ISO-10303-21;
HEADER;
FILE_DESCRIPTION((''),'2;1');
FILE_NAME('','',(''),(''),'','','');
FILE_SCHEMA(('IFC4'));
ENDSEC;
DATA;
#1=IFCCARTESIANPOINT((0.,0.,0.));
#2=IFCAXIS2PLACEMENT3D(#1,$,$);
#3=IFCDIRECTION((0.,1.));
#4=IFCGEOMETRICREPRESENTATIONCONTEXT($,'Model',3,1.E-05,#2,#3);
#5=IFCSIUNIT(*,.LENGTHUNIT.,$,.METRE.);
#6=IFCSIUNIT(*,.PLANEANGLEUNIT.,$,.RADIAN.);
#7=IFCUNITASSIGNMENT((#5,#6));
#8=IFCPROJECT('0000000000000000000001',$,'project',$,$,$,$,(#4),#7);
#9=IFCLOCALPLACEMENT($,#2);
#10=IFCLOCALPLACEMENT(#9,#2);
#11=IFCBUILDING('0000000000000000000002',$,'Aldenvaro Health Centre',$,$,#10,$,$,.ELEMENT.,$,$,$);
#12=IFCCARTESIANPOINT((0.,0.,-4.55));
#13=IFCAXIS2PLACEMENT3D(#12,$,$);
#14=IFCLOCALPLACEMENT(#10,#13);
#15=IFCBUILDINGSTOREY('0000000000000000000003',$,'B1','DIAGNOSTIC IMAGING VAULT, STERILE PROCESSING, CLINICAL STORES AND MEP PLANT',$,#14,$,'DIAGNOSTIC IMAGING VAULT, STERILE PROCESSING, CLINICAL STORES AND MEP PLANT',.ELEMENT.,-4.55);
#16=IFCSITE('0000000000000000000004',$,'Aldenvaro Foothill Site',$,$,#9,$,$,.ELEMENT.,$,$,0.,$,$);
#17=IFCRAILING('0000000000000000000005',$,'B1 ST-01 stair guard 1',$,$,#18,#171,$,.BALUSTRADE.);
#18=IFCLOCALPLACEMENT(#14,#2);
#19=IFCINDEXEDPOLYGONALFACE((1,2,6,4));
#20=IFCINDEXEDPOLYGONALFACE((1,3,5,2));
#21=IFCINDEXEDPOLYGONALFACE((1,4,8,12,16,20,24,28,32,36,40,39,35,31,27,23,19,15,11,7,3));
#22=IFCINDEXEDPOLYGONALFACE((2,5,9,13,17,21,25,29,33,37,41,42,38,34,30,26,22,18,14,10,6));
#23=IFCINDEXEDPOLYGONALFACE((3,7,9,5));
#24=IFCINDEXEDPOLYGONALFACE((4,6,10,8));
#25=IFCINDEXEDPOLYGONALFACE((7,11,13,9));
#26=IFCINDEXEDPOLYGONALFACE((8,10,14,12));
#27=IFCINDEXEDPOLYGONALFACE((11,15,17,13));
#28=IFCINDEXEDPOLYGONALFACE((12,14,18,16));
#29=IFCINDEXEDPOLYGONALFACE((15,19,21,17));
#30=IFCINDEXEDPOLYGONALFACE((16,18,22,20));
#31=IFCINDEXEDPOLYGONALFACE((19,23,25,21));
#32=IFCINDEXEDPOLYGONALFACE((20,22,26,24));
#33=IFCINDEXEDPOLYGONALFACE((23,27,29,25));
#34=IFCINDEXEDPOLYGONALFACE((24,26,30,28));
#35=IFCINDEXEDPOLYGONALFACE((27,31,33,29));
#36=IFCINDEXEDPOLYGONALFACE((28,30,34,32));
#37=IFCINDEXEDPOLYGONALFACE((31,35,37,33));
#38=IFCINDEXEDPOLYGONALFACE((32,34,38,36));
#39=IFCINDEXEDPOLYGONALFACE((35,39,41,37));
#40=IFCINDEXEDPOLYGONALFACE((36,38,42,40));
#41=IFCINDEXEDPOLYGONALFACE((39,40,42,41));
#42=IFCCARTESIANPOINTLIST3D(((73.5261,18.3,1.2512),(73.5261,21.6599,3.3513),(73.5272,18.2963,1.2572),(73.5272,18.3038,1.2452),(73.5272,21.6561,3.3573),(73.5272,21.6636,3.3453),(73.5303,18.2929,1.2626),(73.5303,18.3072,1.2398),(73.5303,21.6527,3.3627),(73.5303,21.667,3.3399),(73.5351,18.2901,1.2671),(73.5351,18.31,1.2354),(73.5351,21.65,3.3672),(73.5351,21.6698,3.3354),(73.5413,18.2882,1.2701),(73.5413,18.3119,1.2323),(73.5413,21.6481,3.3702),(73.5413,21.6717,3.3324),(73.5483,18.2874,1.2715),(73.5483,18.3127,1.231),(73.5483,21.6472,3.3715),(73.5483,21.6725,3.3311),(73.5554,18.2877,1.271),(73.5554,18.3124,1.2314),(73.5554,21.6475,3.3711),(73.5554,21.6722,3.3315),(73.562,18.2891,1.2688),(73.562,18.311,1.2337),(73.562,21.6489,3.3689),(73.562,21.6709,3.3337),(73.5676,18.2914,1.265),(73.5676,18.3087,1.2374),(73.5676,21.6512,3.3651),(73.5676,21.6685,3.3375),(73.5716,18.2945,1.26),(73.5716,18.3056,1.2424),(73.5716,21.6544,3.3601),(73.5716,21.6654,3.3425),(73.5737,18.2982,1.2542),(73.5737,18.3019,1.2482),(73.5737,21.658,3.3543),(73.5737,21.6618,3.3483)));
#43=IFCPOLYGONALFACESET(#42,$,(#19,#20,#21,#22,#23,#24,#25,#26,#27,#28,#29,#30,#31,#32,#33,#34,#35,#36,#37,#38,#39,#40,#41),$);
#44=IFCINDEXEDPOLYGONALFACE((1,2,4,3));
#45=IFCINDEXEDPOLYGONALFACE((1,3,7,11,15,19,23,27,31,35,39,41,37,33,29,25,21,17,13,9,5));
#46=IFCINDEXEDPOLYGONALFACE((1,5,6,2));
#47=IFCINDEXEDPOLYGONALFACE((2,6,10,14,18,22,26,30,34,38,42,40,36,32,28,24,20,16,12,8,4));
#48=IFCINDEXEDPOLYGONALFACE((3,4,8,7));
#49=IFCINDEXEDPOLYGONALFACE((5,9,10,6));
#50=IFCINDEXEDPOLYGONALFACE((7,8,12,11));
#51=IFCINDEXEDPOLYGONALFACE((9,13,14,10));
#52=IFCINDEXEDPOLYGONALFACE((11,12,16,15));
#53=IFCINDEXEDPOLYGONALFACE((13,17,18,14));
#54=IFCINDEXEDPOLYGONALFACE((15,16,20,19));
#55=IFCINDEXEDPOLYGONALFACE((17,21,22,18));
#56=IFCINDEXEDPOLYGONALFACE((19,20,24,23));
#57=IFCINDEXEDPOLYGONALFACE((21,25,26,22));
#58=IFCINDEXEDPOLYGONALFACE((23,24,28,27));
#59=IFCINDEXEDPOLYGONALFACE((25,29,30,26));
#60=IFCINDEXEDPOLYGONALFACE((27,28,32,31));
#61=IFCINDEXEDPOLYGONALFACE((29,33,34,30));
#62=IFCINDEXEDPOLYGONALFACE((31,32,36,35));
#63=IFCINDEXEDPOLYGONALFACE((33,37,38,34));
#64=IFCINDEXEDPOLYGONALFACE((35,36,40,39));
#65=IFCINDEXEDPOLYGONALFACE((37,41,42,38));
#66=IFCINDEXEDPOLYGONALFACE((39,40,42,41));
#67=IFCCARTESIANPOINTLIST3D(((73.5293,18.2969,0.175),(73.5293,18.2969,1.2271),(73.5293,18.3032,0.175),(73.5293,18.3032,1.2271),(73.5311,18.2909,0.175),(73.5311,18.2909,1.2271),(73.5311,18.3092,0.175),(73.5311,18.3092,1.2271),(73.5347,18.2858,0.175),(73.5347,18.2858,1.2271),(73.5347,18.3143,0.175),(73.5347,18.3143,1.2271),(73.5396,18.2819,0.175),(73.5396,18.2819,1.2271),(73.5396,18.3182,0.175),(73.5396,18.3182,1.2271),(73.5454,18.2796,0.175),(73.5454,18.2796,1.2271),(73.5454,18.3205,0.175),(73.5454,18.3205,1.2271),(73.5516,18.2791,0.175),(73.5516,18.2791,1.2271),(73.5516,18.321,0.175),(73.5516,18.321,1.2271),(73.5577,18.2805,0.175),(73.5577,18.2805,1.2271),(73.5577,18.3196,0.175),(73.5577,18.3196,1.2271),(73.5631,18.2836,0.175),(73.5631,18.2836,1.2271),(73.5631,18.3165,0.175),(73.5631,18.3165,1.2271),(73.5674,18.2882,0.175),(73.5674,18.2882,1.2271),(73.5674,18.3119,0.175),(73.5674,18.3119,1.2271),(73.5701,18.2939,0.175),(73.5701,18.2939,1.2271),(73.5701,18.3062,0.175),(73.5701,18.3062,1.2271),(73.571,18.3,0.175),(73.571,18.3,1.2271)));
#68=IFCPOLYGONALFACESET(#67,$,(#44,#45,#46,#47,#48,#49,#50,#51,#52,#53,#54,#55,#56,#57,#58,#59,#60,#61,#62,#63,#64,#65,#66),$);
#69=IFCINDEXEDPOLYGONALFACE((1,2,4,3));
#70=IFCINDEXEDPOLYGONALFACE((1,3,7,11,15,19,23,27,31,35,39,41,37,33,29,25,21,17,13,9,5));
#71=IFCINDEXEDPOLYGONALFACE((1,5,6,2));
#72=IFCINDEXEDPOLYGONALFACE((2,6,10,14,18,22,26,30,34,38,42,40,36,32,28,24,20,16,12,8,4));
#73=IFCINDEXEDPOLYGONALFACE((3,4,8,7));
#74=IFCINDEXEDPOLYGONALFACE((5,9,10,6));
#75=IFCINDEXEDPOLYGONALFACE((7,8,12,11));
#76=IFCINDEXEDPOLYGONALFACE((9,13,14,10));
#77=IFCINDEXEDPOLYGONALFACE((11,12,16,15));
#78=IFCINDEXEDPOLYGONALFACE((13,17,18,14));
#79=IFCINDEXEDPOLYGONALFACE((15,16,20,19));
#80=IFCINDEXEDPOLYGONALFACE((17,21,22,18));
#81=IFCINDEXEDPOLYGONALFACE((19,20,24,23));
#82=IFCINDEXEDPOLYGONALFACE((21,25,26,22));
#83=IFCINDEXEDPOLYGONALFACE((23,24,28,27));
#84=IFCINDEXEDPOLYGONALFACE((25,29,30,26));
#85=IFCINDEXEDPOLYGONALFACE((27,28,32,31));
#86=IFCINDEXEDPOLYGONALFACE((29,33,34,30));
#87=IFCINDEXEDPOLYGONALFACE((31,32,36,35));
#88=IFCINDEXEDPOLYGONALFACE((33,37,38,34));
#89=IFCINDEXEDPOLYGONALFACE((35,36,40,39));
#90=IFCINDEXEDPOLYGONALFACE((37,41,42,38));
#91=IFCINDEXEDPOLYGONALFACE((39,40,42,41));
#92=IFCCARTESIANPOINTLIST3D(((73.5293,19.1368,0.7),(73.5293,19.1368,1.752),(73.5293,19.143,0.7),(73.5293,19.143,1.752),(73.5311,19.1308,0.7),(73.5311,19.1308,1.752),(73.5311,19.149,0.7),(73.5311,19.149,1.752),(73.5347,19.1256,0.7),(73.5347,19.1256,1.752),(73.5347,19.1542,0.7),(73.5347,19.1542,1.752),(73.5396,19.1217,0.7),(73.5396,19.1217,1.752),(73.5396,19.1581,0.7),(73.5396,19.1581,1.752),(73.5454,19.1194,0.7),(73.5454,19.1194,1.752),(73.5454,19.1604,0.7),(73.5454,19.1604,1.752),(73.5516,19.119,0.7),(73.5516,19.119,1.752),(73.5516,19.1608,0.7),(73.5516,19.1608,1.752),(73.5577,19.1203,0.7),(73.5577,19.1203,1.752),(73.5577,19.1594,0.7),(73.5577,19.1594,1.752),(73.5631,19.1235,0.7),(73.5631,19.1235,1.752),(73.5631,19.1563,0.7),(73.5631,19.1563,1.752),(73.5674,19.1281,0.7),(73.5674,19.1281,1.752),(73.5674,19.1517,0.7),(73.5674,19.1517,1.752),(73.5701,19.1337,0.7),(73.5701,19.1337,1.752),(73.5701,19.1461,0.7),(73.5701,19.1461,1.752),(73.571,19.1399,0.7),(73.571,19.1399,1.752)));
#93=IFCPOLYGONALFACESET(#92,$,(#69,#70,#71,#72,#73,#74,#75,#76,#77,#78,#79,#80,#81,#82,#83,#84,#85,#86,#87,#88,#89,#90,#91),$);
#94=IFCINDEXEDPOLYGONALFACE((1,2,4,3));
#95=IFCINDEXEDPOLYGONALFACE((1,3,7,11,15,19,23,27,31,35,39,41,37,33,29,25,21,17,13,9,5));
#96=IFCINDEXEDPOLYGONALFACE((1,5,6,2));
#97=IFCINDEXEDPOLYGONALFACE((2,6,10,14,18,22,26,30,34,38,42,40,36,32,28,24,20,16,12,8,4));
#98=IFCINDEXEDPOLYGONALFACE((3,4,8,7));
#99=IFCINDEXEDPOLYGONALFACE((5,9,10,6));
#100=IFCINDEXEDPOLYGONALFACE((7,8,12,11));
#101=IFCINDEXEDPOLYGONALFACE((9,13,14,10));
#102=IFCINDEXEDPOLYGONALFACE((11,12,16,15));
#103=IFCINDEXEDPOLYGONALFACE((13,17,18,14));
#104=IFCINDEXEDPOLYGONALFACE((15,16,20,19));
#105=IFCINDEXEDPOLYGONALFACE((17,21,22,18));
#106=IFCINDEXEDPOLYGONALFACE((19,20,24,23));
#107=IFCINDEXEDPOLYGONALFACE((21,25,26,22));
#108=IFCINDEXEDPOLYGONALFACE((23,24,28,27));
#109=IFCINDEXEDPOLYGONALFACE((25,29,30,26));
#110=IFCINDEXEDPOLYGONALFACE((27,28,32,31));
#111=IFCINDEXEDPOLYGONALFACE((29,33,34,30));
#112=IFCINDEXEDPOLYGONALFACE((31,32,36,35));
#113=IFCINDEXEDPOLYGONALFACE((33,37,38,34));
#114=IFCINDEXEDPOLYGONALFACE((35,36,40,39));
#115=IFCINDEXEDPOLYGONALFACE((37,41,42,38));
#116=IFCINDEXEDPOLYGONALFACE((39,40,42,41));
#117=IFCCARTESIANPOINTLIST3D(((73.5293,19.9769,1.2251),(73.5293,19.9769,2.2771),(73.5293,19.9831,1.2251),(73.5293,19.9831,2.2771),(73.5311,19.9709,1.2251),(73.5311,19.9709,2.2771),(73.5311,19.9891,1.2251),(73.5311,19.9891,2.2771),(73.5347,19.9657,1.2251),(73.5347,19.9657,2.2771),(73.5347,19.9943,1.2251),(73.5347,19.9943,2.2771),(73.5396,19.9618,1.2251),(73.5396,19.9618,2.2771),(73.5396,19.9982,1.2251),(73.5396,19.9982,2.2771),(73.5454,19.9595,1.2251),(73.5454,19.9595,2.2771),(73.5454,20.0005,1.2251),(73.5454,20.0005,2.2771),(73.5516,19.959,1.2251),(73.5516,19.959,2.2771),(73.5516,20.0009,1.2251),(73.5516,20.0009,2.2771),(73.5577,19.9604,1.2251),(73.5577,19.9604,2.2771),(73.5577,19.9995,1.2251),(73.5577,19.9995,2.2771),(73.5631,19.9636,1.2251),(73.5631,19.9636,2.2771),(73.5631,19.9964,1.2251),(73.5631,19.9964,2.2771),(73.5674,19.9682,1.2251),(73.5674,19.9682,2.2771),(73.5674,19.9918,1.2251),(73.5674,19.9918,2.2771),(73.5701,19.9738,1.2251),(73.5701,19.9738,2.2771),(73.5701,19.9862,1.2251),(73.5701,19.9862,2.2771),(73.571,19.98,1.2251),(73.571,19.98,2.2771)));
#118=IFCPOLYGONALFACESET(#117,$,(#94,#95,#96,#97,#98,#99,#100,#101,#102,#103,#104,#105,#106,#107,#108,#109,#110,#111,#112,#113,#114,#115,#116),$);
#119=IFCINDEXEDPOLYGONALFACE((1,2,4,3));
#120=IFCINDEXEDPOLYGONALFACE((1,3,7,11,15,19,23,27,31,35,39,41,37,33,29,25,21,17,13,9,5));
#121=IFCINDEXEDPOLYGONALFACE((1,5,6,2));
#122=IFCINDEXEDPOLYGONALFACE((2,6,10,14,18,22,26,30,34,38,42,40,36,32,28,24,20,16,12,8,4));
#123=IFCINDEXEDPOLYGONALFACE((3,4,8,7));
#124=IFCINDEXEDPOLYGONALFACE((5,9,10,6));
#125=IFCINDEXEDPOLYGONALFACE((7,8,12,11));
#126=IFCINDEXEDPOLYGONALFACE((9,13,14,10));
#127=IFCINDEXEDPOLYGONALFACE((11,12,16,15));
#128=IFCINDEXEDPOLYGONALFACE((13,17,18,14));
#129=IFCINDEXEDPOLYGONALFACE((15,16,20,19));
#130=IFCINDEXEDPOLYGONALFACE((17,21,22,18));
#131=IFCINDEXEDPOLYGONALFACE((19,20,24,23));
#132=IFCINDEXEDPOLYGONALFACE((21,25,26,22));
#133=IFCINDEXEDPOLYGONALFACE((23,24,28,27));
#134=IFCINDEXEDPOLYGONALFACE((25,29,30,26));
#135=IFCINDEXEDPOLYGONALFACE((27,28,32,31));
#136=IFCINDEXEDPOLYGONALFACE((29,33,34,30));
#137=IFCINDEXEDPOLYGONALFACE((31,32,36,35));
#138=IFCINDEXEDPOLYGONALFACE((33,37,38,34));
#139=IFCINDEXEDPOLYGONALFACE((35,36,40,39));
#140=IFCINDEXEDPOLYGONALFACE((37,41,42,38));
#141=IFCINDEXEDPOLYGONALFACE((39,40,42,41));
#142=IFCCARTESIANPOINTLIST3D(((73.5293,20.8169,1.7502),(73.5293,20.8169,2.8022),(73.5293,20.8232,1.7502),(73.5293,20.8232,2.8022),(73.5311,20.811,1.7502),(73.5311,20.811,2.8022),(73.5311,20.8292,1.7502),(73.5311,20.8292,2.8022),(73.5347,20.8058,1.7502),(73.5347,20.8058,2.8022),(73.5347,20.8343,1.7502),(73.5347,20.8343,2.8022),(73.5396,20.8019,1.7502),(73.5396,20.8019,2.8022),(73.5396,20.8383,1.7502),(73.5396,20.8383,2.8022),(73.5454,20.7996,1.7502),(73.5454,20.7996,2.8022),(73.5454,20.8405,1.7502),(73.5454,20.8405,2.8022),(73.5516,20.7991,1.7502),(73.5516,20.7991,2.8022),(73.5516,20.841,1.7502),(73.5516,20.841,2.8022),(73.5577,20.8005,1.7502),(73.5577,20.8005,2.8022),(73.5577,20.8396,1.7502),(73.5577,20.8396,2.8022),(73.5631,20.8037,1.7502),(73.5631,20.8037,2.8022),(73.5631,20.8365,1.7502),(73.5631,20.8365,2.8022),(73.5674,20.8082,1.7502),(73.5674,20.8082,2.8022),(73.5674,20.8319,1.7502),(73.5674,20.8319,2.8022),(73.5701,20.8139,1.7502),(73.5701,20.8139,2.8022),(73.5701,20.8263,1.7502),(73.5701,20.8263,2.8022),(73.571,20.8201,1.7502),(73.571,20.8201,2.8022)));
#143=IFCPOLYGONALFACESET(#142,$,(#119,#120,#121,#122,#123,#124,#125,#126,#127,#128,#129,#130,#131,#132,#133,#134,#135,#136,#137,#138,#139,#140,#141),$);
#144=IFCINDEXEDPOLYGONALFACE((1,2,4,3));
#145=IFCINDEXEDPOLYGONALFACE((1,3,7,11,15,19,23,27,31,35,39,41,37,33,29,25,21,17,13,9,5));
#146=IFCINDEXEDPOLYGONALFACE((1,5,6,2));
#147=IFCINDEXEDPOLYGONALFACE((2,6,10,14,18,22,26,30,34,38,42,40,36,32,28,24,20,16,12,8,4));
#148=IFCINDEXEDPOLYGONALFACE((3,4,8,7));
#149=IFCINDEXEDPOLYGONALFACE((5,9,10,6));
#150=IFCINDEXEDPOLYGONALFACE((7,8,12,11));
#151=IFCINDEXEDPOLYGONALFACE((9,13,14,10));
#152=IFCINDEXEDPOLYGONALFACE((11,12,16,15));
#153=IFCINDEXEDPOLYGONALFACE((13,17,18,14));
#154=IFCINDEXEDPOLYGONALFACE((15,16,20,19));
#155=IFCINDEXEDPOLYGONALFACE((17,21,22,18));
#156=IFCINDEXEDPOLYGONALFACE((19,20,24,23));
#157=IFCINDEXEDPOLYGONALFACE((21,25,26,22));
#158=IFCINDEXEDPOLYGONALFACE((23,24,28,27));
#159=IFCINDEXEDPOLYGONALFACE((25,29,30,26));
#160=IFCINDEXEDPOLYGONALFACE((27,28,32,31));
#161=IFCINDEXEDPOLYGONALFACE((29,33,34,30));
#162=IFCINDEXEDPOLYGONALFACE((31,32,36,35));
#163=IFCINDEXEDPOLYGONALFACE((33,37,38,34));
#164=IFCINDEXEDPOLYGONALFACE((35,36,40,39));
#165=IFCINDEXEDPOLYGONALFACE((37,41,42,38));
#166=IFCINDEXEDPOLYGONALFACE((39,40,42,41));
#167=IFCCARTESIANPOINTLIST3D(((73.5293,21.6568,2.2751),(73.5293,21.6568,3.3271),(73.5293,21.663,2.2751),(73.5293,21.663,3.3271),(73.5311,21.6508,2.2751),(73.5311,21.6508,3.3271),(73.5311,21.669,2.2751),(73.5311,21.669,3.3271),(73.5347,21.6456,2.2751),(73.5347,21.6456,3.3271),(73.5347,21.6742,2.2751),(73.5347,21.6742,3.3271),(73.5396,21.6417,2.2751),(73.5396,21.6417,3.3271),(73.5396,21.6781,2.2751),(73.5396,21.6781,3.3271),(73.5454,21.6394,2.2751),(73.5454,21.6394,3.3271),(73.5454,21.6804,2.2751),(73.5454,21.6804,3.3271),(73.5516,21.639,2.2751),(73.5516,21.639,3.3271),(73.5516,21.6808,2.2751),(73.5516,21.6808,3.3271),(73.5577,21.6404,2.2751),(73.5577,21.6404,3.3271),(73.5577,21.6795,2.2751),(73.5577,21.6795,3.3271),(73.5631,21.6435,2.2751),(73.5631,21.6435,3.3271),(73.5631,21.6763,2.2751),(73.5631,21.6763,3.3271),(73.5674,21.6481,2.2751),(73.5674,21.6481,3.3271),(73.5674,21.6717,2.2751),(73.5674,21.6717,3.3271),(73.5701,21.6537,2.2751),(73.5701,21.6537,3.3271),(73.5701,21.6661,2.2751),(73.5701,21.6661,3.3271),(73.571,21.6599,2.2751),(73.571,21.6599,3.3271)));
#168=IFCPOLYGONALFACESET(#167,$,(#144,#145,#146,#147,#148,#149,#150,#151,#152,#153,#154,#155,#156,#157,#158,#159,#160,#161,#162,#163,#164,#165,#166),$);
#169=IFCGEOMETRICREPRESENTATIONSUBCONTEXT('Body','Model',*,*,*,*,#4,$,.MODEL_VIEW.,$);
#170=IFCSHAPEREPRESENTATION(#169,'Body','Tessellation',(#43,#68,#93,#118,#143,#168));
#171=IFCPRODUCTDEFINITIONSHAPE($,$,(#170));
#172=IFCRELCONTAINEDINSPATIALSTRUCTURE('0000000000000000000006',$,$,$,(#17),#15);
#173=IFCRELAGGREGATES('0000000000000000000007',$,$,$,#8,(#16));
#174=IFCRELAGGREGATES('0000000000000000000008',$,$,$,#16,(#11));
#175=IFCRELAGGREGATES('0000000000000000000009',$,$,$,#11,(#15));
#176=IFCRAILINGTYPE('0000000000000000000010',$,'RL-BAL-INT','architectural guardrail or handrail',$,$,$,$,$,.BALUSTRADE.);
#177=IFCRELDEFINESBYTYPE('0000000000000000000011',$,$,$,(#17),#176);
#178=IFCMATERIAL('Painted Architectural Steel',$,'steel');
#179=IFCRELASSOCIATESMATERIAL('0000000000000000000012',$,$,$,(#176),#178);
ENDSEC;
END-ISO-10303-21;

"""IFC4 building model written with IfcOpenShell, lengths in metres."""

from ifc_helpers import new_model, si_unit, direction, frame, origin, origin_2d, place, context, subcontext, project, spatial, circle, extrude, material, type_object, element, save


model = new_model("IFC4")

# Units and contexts
model_context = context("Model", 3, precision=1e-05, world=origin(), true_north=direction((0.0, 1.0)))
body_context = subcontext(model_context, "Body", "Model", "MODEL_VIEW")
ifc_project = project(units=[si_unit("LENGTHUNIT", "METRE"), si_unit("PLANEANGLEUNIT", "RADIAN")], contexts=[model_context])

# Site, building, storey
site_placement = place(None, origin())
site = spatial("IfcSite", under=ifc_project, at=site_placement, Name="Aldenvaro Foothill Site", CompositionType="ELEMENT", RefElevation=0.0)
building_placement = place(site_placement, origin())
building = spatial("IfcBuilding", under=site, at=building_placement, Name="Aldenvaro Health Centre", CompositionType="ELEMENT")
storey_placement = place(building_placement, frame((0.0, 0.0, -4.55)))
storey = spatial("IfcBuildingStorey", under=building, at=storey_placement, Name="B1", Description="DIAGNOSTIC IMAGING VAULT, STERILE PROCESSING, CLINICAL STORES AND MEP PLANT", LongName="DIAGNOSTIC IMAGING VAULT, STERILE PROCESSING, CLINICAL STORES AND MEP PLANT", CompositionType="ELEMENT", Elevation=-4.55)

# Railing
ifc_material_1 = material(Name="Painted Architectural Steel", Category="steel")
railing_type_1 = type_object("IfcRailingType", Name="RL-BAL-INT", Description="architectural guardrail or handrail", PredefinedType="BALUSTRADE", material=ifc_material_1)
railing_1_placement = place(storey_placement, frame((73.55, 18.3, 0.175)))
element("IfcRailing", 1, at=railing_1_placement, inside=storey, type_object=railing_type_1, Name="B1 ST-01 stair guard 1", PredefinedType="BALUSTRADE", context=body_context, shape_type="SweptSolid", body=[
    extrude(circle(Radius=0.0239, at=origin_2d()), frame((0.0, 0.0, 1.0762), z_axis=(0.0, 0.847978, 0.530032), x_axis=(-1.0, 0.0, 0.0)), (0.0, 0.0, 1.0), 3.9622),
    extrude(circle(Radius=0.021, at=origin_2d()), origin(), (0.0, 0.0, 1.0), 1.052),
    extrude(circle(Radius=0.021, at=origin_2d()), frame((0.0, 0.8398, 0.5249)), (0.0, 0.0, 1.0), 1.052),
    extrude(circle(Radius=0.021, at=origin_2d()), frame((0.0, 1.6799, 1.05)), (0.0, 0.0, 1.0), 1.052),
    extrude(circle(Radius=0.021, at=origin_2d()), frame((0.0, 2.52, 1.5752)), (0.0, 0.0, 1.0), 1.052),
    extrude(circle(Radius=0.021, at=origin_2d()), frame((0.0, 3.3599, 2.1001)), (0.0, 0.0, 1.0), 1.052),
])

save(model, "model.ifc")
